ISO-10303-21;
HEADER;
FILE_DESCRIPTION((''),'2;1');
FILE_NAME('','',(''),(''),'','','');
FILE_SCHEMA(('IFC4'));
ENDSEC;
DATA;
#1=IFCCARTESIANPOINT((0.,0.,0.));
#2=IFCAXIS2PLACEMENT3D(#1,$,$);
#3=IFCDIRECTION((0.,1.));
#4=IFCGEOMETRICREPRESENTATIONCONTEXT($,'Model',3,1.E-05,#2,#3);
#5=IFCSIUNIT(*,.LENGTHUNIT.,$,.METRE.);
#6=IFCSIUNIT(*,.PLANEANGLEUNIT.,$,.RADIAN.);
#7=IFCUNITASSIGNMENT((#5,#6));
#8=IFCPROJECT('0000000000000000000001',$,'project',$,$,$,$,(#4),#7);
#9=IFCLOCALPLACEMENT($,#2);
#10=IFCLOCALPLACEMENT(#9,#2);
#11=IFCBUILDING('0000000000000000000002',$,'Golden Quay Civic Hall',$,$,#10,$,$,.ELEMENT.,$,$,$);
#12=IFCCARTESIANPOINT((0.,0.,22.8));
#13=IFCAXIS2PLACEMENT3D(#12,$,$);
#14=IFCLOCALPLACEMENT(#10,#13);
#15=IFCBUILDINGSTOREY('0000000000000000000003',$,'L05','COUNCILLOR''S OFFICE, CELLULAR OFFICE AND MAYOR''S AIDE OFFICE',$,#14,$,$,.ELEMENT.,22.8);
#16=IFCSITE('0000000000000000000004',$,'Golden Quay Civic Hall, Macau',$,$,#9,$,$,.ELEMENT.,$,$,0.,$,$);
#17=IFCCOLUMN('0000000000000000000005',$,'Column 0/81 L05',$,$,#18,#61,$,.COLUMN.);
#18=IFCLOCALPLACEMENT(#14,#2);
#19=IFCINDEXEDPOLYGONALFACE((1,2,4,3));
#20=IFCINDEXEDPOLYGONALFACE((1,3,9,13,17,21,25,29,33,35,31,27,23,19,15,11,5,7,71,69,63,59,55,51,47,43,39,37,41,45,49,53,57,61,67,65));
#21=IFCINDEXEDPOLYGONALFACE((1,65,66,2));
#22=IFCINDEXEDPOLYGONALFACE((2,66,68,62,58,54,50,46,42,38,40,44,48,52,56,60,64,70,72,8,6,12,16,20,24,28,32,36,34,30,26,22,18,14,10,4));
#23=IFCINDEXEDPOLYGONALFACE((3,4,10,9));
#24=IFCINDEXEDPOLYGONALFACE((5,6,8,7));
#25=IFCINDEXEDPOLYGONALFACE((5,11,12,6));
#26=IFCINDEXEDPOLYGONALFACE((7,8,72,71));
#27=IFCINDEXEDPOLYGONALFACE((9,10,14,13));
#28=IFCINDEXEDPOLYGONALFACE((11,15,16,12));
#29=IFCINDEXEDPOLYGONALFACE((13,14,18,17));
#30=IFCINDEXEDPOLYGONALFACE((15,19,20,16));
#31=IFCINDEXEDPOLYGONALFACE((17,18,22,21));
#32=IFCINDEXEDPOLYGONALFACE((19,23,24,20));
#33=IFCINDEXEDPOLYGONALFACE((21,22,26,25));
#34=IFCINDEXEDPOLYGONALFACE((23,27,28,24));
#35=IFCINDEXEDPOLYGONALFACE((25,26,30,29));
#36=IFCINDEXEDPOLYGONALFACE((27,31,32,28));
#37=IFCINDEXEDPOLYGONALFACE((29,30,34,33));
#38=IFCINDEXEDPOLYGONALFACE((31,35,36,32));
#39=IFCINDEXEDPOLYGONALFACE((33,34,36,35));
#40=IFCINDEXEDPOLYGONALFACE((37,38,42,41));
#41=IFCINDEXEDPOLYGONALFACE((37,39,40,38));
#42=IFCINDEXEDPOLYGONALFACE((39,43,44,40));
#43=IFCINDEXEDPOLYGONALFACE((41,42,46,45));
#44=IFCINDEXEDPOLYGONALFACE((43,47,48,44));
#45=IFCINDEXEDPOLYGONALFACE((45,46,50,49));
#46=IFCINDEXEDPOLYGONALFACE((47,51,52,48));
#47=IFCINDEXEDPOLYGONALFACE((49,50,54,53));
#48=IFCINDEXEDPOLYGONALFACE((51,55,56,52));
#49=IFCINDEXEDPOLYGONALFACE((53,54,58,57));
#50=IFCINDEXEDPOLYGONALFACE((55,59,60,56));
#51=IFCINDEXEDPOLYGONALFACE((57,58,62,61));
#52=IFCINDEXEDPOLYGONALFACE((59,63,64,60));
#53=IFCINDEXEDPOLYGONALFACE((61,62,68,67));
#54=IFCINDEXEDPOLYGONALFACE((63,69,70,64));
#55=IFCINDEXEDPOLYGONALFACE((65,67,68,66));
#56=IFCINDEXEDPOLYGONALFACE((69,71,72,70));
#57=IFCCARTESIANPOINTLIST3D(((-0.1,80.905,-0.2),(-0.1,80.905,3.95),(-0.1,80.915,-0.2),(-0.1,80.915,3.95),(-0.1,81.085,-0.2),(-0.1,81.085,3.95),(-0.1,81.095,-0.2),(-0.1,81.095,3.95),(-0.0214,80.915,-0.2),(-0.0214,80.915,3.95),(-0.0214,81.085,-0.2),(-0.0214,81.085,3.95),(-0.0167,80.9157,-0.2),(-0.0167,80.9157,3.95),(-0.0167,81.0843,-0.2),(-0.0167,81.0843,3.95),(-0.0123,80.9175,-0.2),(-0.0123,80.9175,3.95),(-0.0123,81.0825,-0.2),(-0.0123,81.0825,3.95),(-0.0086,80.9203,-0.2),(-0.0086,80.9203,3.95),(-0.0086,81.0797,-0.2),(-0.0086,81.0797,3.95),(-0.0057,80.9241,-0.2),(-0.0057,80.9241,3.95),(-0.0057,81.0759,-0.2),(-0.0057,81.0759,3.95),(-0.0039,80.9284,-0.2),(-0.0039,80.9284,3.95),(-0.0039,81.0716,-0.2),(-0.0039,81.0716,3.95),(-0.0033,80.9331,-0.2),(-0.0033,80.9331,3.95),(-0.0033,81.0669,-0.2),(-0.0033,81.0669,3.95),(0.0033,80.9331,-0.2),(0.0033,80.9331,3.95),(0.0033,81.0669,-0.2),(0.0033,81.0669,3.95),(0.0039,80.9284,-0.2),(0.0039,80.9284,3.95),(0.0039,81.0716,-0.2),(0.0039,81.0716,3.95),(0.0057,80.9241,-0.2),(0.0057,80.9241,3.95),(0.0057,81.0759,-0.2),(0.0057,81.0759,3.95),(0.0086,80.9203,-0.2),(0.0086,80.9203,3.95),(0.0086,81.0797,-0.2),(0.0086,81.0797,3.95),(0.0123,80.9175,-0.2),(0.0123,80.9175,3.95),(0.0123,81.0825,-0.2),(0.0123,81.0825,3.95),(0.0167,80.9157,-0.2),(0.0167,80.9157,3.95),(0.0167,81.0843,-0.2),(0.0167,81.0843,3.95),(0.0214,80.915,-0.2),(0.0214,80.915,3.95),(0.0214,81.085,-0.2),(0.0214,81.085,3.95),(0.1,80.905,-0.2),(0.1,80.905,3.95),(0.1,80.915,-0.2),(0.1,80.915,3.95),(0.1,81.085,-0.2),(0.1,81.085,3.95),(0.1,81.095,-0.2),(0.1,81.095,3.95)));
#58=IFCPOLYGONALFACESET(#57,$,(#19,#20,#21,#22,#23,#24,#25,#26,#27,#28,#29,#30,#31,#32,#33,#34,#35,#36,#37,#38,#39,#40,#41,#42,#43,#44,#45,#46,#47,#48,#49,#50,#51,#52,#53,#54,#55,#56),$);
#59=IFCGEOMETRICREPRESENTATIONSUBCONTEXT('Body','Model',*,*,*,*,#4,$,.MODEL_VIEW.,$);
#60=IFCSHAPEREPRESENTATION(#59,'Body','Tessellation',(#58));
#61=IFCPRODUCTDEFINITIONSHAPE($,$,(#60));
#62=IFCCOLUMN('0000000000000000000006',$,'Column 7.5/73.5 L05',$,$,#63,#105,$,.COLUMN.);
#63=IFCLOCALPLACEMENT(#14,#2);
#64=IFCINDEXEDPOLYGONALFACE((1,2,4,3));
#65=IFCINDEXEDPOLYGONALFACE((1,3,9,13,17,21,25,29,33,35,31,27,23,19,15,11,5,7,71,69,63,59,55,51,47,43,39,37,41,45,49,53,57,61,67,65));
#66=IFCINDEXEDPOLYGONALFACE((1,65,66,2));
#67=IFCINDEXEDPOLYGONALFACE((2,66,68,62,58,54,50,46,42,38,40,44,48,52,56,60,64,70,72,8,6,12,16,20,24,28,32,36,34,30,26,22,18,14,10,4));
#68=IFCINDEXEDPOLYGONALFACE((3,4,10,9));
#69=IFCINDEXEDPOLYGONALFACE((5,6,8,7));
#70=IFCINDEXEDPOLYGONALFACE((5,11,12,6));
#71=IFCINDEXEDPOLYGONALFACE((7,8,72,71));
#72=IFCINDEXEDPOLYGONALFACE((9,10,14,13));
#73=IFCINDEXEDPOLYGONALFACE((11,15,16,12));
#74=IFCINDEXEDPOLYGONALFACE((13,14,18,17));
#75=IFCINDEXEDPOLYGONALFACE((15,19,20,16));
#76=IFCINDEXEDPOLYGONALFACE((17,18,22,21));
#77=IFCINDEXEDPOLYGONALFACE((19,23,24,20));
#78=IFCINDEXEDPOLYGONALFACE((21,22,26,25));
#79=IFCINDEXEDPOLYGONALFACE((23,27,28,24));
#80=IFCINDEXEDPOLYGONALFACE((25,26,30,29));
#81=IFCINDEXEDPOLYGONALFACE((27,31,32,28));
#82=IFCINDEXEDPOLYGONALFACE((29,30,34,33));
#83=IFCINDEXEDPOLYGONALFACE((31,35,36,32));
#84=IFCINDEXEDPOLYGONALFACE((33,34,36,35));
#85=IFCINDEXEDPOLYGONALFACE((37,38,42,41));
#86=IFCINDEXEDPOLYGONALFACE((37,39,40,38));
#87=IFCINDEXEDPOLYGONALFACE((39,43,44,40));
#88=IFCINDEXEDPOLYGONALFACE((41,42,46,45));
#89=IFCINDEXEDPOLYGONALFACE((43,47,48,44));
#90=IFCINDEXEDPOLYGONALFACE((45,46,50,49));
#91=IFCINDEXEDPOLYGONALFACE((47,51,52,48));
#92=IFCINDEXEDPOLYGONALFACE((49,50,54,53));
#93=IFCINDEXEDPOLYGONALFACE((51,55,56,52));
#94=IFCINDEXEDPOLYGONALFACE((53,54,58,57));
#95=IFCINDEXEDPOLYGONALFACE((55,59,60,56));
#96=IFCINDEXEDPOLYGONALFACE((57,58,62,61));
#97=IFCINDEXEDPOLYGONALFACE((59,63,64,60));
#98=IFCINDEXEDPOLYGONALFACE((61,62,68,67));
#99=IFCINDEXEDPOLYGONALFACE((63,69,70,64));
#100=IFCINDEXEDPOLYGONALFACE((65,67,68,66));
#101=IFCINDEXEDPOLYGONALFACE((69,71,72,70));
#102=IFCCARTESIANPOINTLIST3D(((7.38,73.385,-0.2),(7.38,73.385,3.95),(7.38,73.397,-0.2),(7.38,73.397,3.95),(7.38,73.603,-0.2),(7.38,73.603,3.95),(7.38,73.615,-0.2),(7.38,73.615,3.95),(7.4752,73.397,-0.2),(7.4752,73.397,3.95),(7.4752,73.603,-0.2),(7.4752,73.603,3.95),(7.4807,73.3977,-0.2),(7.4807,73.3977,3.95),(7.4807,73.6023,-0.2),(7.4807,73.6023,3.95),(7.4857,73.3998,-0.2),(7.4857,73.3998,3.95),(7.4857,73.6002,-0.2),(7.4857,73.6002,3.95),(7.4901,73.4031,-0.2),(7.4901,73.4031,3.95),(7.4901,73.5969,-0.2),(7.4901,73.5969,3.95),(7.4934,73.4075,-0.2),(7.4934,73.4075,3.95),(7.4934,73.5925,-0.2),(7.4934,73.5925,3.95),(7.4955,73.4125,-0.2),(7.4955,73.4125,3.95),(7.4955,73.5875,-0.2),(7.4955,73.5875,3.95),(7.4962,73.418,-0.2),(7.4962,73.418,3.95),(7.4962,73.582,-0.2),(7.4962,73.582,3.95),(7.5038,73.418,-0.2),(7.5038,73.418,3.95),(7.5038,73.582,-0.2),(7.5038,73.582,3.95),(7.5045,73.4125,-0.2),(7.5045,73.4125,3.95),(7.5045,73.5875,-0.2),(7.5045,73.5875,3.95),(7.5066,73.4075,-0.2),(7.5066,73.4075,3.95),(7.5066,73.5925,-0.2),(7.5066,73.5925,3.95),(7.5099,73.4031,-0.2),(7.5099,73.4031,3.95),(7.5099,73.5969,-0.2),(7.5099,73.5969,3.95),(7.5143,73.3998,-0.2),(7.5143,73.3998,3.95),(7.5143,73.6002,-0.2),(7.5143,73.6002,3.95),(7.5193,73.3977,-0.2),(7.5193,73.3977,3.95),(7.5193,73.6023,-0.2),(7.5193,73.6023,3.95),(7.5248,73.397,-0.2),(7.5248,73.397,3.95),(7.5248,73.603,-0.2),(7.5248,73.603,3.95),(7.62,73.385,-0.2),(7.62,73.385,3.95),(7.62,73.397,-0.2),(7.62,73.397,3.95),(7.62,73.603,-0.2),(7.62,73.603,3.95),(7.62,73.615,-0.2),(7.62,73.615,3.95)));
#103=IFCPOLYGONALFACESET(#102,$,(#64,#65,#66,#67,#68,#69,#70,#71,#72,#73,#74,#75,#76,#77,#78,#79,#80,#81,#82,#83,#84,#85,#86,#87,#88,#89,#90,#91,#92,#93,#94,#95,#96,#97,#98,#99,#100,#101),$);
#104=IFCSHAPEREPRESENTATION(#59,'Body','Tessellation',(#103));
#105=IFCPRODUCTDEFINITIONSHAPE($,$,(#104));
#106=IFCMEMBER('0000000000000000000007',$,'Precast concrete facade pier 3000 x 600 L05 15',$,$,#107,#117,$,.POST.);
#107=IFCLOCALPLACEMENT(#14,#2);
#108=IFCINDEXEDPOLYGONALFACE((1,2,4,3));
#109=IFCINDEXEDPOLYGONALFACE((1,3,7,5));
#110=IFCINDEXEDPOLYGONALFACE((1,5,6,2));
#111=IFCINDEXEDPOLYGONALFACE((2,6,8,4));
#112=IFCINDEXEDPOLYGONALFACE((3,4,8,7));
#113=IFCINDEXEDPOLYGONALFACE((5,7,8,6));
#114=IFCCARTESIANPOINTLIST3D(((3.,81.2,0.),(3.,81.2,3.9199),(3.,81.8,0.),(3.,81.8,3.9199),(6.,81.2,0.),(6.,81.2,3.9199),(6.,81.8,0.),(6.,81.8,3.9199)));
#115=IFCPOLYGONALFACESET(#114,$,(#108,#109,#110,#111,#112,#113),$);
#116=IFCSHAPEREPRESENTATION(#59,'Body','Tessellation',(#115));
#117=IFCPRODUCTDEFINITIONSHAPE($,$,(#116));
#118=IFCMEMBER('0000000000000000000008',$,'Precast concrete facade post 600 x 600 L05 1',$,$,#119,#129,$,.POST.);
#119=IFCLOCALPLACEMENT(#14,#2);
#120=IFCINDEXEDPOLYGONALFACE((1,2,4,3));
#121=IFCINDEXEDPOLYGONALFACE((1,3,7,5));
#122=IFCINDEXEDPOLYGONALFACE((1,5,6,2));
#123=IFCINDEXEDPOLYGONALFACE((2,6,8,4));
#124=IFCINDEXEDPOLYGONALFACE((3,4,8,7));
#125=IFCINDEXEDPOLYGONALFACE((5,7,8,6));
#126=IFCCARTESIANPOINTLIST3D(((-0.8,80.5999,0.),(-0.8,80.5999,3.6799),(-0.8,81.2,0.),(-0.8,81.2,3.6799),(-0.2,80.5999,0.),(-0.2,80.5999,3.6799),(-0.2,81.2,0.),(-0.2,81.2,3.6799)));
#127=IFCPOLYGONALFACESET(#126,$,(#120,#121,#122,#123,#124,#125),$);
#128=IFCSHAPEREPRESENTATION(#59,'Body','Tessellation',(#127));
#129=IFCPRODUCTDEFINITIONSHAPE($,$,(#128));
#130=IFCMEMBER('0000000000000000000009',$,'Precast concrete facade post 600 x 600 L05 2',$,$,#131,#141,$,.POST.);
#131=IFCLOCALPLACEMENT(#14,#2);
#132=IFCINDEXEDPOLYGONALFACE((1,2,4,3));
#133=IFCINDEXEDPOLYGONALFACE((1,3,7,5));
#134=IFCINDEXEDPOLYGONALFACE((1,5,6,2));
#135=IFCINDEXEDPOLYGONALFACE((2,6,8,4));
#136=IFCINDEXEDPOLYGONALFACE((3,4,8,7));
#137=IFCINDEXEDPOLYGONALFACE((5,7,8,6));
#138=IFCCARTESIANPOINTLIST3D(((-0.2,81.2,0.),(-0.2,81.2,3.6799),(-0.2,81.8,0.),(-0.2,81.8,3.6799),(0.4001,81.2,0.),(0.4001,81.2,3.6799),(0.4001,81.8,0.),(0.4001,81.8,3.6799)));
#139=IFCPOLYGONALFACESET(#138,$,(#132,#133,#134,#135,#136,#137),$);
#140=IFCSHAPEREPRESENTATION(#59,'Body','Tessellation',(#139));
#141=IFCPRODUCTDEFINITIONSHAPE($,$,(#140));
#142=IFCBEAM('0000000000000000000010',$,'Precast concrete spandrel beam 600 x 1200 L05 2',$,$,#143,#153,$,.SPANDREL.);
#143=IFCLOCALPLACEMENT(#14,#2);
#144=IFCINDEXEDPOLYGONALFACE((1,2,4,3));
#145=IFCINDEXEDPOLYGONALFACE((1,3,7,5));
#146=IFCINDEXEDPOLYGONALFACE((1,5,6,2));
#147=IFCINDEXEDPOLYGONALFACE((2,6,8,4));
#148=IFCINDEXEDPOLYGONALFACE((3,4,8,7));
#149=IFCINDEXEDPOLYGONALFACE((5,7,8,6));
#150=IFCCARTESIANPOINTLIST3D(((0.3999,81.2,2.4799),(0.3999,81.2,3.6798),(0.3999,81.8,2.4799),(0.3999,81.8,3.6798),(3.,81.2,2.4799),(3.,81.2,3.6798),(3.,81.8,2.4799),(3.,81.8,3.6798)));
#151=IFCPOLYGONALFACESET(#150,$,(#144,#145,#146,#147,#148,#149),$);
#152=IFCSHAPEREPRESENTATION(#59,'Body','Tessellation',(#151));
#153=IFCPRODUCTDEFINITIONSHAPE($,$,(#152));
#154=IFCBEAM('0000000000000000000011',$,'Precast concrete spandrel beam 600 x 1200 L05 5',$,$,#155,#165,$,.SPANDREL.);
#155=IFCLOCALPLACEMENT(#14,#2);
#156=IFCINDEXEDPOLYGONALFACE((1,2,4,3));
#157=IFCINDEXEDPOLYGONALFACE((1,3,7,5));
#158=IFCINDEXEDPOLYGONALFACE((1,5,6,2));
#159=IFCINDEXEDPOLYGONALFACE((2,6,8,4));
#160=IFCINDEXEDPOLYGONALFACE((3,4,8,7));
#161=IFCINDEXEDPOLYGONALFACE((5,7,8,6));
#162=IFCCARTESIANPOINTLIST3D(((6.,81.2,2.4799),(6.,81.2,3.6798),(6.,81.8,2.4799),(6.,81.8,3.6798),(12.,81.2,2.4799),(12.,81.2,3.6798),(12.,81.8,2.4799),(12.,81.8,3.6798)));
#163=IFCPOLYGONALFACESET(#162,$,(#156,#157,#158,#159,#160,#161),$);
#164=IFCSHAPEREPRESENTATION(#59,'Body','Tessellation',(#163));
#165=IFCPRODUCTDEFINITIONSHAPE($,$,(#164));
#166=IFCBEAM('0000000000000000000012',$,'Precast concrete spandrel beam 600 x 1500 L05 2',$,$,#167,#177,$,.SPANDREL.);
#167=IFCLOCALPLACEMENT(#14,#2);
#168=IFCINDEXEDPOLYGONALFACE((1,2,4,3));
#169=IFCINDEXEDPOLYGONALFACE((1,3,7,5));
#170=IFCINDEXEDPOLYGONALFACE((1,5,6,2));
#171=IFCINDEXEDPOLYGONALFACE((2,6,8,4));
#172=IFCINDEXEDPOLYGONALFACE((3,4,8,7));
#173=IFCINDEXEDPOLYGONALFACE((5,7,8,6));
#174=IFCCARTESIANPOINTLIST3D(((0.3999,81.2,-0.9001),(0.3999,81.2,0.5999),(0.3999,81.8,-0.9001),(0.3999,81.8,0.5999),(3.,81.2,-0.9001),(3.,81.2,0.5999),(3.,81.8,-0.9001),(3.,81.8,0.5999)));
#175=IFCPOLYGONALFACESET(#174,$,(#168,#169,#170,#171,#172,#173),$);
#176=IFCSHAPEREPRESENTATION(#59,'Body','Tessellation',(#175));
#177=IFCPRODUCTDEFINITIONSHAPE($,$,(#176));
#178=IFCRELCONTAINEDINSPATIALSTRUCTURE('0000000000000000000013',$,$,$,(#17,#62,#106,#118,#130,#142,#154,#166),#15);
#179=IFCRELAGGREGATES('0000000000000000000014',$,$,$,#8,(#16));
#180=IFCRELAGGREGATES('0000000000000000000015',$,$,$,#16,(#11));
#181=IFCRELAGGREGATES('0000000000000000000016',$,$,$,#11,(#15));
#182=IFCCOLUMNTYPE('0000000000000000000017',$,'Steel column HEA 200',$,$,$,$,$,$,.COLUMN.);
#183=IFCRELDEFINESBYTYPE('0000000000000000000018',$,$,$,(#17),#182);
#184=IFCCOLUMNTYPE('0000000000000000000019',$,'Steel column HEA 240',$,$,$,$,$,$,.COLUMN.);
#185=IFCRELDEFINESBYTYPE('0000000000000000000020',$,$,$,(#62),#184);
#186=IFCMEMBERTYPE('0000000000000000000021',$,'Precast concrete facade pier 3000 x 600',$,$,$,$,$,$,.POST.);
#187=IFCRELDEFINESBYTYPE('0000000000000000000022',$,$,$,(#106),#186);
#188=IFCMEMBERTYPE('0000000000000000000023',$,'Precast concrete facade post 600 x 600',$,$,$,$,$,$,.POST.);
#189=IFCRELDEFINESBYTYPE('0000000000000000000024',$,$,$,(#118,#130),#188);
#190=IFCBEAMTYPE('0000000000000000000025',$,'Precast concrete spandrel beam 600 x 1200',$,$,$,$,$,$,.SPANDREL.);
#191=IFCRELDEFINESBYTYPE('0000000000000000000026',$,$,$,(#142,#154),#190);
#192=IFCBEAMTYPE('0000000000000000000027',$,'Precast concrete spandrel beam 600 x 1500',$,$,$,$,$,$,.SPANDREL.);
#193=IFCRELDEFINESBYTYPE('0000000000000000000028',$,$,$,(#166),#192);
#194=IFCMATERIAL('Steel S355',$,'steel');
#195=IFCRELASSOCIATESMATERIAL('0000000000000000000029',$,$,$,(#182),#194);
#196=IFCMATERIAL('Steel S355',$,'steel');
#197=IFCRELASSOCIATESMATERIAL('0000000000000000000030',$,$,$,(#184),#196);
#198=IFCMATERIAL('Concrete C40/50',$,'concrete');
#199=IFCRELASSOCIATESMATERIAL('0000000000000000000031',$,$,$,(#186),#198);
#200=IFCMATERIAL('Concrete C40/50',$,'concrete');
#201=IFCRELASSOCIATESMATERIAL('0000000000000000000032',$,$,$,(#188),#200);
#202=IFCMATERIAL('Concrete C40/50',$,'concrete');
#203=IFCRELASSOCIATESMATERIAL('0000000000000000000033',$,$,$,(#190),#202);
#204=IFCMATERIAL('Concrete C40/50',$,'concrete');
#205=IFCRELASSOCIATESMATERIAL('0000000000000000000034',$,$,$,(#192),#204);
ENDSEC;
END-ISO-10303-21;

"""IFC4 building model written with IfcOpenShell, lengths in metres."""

from ifc_helpers import new_model, si_unit, direction, frame, origin, origin_2d, place, context, subcontext, project, spatial, rectangle, i_section, extrude, material, material_profile, profile_set, type_object, element, save


model = new_model("IFC4")

# Units and contexts
model_context = context("Model", 3, precision=1e-05, world=origin(), true_north=direction((0.0, 1.0)))
body_context = subcontext(model_context, "Body", "Model", "MODEL_VIEW")
ifc_project = project(units=[si_unit("LENGTHUNIT", "METRE"), si_unit("PLANEANGLEUNIT", "RADIAN")], contexts=[model_context])

# Site, building, storey
site_placement = place(None, origin())
site = spatial("IfcSite", under=ifc_project, at=site_placement, Name="Golden Quay Civic Hall, Macau", CompositionType="ELEMENT", RefElevation=0.0)
building_placement = place(site_placement, origin())
building = spatial("IfcBuilding", under=site, at=building_placement, Name="Golden Quay Civic Hall", CompositionType="ELEMENT")
storey_placement = place(building_placement, frame((0.0, 0.0, 22.8)))
storey = spatial("IfcBuildingStorey", under=building, at=storey_placement, Name="L05", Description="COUNCILLOR'S OFFICE, CELLULAR OFFICE AND MAYOR'S AIDE OFFICE", CompositionType="ELEMENT", Elevation=22.8)

# Columns
ifc_material_1 = material(Name="Steel S355", Category="steel")
ifc_material_profile_1 = material_profile(ifc_material_1, i_section(OverallWidth=0.2, OverallDepth=0.1899, WebThickness=0.0066, FlangeThickness=0.01, FilletRadius=0.0181, at=origin_2d()), Name="HEA 200")
ifc_profile_set_1 = profile_set([ifc_material_profile_1], Name="Steel S355")
column_type_1 = type_object("IfcColumnType", Name="Steel column HEA 200", PredefinedType="COLUMN", material=ifc_profile_set_1)
column_1_placement = place(storey_placement, frame((0.0, 81.0, -0.2), z_axis=(0.0, 0.0, 1.0), x_axis=(1.0, 0.0, 0.0)))
element("IfcColumn", 1, at=column_1_placement, inside=storey, type_object=column_type_1, Name="Column 0/81 L05", PredefinedType="COLUMN", context=body_context, shape_type="SweptSolid", body=[
    extrude(i_section(OverallWidth=0.2, OverallDepth=0.1899, WebThickness=0.0066, FlangeThickness=0.01, FilletRadius=0.0181, at=origin_2d()), origin(), (0.0, 0.0, 1.0), 4.1499),
])
ifc_material_2 = material(Name="Steel S355", Category="steel")
ifc_material_profile_2 = material_profile(ifc_material_2, i_section(OverallWidth=0.24, OverallDepth=0.23, WebThickness=0.0076, FlangeThickness=0.012, FilletRadius=0.021, at=origin_2d()), Name="HEA 240")
ifc_profile_set_2 = profile_set([ifc_material_profile_2], Name="Steel S355")
column_type_2 = type_object("IfcColumnType", Name="Steel column HEA 240", PredefinedType="COLUMN", material=ifc_profile_set_2)
column_2_placement = place(storey_placement, frame((7.5, 73.5, -0.2), z_axis=(0.0, 0.0, 1.0), x_axis=(1.0, 0.0, 0.0)))
element("IfcColumn", 2, at=column_2_placement, inside=storey, type_object=column_type_2, Name="Column 7.5/73.5 L05", PredefinedType="COLUMN", context=body_context, shape_type="SweptSolid", body=[
    extrude(i_section(OverallWidth=0.24, OverallDepth=0.23, WebThickness=0.0076, FlangeThickness=0.012, FilletRadius=0.021, at=origin_2d()), origin(), (0.0, 0.0, 1.0), 4.1499),
])

# Members
ifc_material_3 = material(Name="Concrete C40/50", Category="concrete")
ifc_material_profile_3 = material_profile(ifc_material_3, rectangle(XDim=3.0, YDim=0.6001, at=origin_2d()), Name="RC 3000x600")
ifc_profile_set_3 = profile_set([ifc_material_profile_3], Name="Concrete C40/50")
member_type_1 = type_object("IfcMemberType", Name="Precast concrete facade pier 3000 x 600", PredefinedType="POST", material=ifc_profile_set_3)
member_placement = place(storey_placement, frame((4.5, 81.5, 0.0), z_axis=(0.0, 0.0, 1.0), x_axis=(1.0, 0.0, 0.0)))
element("IfcMember", 3, at=member_placement, inside=storey, type_object=member_type_1, Name="Precast concrete facade pier 3000 x 600 L05 15", PredefinedType="POST", context=body_context, shape_type="SweptSolid", body=[
    extrude(rectangle(XDim=3.0, YDim=0.6001, at=origin_2d()), origin(), (0.0, 0.0, 1.0), 3.9199),
])
ifc_material_4 = material(Name="Concrete C40/50", Category="concrete")
ifc_material_profile_4 = material_profile(ifc_material_4, rectangle(XDim=0.6001, YDim=0.6001, at=origin_2d()), Name="RC 600x600")
ifc_profile_set_4 = profile_set([ifc_material_profile_4], Name="Concrete C40/50")
member_type_2 = type_object("IfcMemberType", Name="Precast concrete facade post 600 x 600", PredefinedType="POST", material=ifc_profile_set_4)
for number, where, z_axis, x_axis, name in (
    (4, (-0.5, 80.8999, 0.0), (0.0, 0.0, 1.0), (1.0, 0.0, 0.0), "Precast concrete facade post 600 x 600 L05 1"),
    (5, (0.1001, 81.5, 0.0), (0.0, 0.0, 1.0), (1.0, 0.0, 0.0), "Precast concrete facade post 600 x 600 L05 2"),
):
    element("IfcMember", number, at=place(storey_placement, frame(where, z_axis=z_axis, x_axis=x_axis)), inside=storey, type_object=member_type_2, Name=name, PredefinedType="POST", context=body_context, shape_type="SweptSolid", body=[
        extrude(rectangle(XDim=0.6001, YDim=0.6001, at=origin_2d()), origin(), (0.0, 0.0, 1.0), 3.6799),
    ])

# Beams
ifc_material_5 = material(Name="Concrete C40/50", Category="concrete")
ifc_material_profile_5 = material_profile(ifc_material_5, rectangle(XDim=0.6001, YDim=1.2, at=origin_2d()), Name="RC 600x1200")
ifc_profile_set_5 = profile_set([ifc_material_profile_5], Name="Concrete C40/50")
beam_type_1 = type_object("IfcBeamType", Name="Precast concrete spandrel beam 600 x 1200", PredefinedType="SPANDREL", material=ifc_profile_set_5)
beam_1_placement = place(storey_placement, frame((0.3999, 81.5, 3.0798), z_axis=(1.0, 0.0, 0.0), x_axis=(0.0, 1.0, 0.0)))
element("IfcBeam", 6, at=beam_1_placement, inside=storey, type_object=beam_type_1, Name="Precast concrete spandrel beam 600 x 1200 L05 2", PredefinedType="SPANDREL", context=body_context, shape_type="SweptSolid", body=[
    extrude(rectangle(XDim=0.6001, YDim=1.2, at=origin_2d()), origin(), (0.0, 0.0, 1.0), 2.6001),
])
beam_2_placement = place(storey_placement, frame((6.0, 81.5, 3.0798), z_axis=(1.0, 0.0, 0.0), x_axis=(0.0, 1.0, 0.0)))
element("IfcBeam", 7, at=beam_2_placement, inside=storey, type_object=beam_type_1, Name="Precast concrete spandrel beam 600 x 1200 L05 5", PredefinedType="SPANDREL", context=body_context, shape_type="SweptSolid", body=[
    extrude(rectangle(XDim=0.6001, YDim=1.2, at=origin_2d()), origin(), (0.0, 0.0, 1.0), 6.0),
])
ifc_material_6 = material(Name="Concrete C40/50", Category="concrete")
ifc_material_profile_6 = material_profile(ifc_material_6, rectangle(XDim=0.6001, YDim=1.5, at=origin_2d()), Name="RC 600x1500")
ifc_profile_set_6 = profile_set([ifc_material_profile_6], Name="Concrete C40/50")
beam_type_2 = type_object("IfcBeamType", Name="Precast concrete spandrel beam 600 x 1500", PredefinedType="SPANDREL", material=ifc_profile_set_6)
beam_3_placement = place(storey_placement, frame((0.3999, 81.5, -0.1501), z_axis=(1.0, 0.0, 0.0), x_axis=(0.0, 1.0, 0.0)))
element("IfcBeam", 8, at=beam_3_placement, inside=storey, type_object=beam_type_2, Name="Precast concrete spandrel beam 600 x 1500 L05 2", PredefinedType="SPANDREL", context=body_context, shape_type="SweptSolid", body=[
    extrude(rectangle(XDim=0.6001, YDim=1.5, at=origin_2d()), origin(), (0.0, 0.0, 1.0), 2.6001),
])

save(model, "model.ifc")
